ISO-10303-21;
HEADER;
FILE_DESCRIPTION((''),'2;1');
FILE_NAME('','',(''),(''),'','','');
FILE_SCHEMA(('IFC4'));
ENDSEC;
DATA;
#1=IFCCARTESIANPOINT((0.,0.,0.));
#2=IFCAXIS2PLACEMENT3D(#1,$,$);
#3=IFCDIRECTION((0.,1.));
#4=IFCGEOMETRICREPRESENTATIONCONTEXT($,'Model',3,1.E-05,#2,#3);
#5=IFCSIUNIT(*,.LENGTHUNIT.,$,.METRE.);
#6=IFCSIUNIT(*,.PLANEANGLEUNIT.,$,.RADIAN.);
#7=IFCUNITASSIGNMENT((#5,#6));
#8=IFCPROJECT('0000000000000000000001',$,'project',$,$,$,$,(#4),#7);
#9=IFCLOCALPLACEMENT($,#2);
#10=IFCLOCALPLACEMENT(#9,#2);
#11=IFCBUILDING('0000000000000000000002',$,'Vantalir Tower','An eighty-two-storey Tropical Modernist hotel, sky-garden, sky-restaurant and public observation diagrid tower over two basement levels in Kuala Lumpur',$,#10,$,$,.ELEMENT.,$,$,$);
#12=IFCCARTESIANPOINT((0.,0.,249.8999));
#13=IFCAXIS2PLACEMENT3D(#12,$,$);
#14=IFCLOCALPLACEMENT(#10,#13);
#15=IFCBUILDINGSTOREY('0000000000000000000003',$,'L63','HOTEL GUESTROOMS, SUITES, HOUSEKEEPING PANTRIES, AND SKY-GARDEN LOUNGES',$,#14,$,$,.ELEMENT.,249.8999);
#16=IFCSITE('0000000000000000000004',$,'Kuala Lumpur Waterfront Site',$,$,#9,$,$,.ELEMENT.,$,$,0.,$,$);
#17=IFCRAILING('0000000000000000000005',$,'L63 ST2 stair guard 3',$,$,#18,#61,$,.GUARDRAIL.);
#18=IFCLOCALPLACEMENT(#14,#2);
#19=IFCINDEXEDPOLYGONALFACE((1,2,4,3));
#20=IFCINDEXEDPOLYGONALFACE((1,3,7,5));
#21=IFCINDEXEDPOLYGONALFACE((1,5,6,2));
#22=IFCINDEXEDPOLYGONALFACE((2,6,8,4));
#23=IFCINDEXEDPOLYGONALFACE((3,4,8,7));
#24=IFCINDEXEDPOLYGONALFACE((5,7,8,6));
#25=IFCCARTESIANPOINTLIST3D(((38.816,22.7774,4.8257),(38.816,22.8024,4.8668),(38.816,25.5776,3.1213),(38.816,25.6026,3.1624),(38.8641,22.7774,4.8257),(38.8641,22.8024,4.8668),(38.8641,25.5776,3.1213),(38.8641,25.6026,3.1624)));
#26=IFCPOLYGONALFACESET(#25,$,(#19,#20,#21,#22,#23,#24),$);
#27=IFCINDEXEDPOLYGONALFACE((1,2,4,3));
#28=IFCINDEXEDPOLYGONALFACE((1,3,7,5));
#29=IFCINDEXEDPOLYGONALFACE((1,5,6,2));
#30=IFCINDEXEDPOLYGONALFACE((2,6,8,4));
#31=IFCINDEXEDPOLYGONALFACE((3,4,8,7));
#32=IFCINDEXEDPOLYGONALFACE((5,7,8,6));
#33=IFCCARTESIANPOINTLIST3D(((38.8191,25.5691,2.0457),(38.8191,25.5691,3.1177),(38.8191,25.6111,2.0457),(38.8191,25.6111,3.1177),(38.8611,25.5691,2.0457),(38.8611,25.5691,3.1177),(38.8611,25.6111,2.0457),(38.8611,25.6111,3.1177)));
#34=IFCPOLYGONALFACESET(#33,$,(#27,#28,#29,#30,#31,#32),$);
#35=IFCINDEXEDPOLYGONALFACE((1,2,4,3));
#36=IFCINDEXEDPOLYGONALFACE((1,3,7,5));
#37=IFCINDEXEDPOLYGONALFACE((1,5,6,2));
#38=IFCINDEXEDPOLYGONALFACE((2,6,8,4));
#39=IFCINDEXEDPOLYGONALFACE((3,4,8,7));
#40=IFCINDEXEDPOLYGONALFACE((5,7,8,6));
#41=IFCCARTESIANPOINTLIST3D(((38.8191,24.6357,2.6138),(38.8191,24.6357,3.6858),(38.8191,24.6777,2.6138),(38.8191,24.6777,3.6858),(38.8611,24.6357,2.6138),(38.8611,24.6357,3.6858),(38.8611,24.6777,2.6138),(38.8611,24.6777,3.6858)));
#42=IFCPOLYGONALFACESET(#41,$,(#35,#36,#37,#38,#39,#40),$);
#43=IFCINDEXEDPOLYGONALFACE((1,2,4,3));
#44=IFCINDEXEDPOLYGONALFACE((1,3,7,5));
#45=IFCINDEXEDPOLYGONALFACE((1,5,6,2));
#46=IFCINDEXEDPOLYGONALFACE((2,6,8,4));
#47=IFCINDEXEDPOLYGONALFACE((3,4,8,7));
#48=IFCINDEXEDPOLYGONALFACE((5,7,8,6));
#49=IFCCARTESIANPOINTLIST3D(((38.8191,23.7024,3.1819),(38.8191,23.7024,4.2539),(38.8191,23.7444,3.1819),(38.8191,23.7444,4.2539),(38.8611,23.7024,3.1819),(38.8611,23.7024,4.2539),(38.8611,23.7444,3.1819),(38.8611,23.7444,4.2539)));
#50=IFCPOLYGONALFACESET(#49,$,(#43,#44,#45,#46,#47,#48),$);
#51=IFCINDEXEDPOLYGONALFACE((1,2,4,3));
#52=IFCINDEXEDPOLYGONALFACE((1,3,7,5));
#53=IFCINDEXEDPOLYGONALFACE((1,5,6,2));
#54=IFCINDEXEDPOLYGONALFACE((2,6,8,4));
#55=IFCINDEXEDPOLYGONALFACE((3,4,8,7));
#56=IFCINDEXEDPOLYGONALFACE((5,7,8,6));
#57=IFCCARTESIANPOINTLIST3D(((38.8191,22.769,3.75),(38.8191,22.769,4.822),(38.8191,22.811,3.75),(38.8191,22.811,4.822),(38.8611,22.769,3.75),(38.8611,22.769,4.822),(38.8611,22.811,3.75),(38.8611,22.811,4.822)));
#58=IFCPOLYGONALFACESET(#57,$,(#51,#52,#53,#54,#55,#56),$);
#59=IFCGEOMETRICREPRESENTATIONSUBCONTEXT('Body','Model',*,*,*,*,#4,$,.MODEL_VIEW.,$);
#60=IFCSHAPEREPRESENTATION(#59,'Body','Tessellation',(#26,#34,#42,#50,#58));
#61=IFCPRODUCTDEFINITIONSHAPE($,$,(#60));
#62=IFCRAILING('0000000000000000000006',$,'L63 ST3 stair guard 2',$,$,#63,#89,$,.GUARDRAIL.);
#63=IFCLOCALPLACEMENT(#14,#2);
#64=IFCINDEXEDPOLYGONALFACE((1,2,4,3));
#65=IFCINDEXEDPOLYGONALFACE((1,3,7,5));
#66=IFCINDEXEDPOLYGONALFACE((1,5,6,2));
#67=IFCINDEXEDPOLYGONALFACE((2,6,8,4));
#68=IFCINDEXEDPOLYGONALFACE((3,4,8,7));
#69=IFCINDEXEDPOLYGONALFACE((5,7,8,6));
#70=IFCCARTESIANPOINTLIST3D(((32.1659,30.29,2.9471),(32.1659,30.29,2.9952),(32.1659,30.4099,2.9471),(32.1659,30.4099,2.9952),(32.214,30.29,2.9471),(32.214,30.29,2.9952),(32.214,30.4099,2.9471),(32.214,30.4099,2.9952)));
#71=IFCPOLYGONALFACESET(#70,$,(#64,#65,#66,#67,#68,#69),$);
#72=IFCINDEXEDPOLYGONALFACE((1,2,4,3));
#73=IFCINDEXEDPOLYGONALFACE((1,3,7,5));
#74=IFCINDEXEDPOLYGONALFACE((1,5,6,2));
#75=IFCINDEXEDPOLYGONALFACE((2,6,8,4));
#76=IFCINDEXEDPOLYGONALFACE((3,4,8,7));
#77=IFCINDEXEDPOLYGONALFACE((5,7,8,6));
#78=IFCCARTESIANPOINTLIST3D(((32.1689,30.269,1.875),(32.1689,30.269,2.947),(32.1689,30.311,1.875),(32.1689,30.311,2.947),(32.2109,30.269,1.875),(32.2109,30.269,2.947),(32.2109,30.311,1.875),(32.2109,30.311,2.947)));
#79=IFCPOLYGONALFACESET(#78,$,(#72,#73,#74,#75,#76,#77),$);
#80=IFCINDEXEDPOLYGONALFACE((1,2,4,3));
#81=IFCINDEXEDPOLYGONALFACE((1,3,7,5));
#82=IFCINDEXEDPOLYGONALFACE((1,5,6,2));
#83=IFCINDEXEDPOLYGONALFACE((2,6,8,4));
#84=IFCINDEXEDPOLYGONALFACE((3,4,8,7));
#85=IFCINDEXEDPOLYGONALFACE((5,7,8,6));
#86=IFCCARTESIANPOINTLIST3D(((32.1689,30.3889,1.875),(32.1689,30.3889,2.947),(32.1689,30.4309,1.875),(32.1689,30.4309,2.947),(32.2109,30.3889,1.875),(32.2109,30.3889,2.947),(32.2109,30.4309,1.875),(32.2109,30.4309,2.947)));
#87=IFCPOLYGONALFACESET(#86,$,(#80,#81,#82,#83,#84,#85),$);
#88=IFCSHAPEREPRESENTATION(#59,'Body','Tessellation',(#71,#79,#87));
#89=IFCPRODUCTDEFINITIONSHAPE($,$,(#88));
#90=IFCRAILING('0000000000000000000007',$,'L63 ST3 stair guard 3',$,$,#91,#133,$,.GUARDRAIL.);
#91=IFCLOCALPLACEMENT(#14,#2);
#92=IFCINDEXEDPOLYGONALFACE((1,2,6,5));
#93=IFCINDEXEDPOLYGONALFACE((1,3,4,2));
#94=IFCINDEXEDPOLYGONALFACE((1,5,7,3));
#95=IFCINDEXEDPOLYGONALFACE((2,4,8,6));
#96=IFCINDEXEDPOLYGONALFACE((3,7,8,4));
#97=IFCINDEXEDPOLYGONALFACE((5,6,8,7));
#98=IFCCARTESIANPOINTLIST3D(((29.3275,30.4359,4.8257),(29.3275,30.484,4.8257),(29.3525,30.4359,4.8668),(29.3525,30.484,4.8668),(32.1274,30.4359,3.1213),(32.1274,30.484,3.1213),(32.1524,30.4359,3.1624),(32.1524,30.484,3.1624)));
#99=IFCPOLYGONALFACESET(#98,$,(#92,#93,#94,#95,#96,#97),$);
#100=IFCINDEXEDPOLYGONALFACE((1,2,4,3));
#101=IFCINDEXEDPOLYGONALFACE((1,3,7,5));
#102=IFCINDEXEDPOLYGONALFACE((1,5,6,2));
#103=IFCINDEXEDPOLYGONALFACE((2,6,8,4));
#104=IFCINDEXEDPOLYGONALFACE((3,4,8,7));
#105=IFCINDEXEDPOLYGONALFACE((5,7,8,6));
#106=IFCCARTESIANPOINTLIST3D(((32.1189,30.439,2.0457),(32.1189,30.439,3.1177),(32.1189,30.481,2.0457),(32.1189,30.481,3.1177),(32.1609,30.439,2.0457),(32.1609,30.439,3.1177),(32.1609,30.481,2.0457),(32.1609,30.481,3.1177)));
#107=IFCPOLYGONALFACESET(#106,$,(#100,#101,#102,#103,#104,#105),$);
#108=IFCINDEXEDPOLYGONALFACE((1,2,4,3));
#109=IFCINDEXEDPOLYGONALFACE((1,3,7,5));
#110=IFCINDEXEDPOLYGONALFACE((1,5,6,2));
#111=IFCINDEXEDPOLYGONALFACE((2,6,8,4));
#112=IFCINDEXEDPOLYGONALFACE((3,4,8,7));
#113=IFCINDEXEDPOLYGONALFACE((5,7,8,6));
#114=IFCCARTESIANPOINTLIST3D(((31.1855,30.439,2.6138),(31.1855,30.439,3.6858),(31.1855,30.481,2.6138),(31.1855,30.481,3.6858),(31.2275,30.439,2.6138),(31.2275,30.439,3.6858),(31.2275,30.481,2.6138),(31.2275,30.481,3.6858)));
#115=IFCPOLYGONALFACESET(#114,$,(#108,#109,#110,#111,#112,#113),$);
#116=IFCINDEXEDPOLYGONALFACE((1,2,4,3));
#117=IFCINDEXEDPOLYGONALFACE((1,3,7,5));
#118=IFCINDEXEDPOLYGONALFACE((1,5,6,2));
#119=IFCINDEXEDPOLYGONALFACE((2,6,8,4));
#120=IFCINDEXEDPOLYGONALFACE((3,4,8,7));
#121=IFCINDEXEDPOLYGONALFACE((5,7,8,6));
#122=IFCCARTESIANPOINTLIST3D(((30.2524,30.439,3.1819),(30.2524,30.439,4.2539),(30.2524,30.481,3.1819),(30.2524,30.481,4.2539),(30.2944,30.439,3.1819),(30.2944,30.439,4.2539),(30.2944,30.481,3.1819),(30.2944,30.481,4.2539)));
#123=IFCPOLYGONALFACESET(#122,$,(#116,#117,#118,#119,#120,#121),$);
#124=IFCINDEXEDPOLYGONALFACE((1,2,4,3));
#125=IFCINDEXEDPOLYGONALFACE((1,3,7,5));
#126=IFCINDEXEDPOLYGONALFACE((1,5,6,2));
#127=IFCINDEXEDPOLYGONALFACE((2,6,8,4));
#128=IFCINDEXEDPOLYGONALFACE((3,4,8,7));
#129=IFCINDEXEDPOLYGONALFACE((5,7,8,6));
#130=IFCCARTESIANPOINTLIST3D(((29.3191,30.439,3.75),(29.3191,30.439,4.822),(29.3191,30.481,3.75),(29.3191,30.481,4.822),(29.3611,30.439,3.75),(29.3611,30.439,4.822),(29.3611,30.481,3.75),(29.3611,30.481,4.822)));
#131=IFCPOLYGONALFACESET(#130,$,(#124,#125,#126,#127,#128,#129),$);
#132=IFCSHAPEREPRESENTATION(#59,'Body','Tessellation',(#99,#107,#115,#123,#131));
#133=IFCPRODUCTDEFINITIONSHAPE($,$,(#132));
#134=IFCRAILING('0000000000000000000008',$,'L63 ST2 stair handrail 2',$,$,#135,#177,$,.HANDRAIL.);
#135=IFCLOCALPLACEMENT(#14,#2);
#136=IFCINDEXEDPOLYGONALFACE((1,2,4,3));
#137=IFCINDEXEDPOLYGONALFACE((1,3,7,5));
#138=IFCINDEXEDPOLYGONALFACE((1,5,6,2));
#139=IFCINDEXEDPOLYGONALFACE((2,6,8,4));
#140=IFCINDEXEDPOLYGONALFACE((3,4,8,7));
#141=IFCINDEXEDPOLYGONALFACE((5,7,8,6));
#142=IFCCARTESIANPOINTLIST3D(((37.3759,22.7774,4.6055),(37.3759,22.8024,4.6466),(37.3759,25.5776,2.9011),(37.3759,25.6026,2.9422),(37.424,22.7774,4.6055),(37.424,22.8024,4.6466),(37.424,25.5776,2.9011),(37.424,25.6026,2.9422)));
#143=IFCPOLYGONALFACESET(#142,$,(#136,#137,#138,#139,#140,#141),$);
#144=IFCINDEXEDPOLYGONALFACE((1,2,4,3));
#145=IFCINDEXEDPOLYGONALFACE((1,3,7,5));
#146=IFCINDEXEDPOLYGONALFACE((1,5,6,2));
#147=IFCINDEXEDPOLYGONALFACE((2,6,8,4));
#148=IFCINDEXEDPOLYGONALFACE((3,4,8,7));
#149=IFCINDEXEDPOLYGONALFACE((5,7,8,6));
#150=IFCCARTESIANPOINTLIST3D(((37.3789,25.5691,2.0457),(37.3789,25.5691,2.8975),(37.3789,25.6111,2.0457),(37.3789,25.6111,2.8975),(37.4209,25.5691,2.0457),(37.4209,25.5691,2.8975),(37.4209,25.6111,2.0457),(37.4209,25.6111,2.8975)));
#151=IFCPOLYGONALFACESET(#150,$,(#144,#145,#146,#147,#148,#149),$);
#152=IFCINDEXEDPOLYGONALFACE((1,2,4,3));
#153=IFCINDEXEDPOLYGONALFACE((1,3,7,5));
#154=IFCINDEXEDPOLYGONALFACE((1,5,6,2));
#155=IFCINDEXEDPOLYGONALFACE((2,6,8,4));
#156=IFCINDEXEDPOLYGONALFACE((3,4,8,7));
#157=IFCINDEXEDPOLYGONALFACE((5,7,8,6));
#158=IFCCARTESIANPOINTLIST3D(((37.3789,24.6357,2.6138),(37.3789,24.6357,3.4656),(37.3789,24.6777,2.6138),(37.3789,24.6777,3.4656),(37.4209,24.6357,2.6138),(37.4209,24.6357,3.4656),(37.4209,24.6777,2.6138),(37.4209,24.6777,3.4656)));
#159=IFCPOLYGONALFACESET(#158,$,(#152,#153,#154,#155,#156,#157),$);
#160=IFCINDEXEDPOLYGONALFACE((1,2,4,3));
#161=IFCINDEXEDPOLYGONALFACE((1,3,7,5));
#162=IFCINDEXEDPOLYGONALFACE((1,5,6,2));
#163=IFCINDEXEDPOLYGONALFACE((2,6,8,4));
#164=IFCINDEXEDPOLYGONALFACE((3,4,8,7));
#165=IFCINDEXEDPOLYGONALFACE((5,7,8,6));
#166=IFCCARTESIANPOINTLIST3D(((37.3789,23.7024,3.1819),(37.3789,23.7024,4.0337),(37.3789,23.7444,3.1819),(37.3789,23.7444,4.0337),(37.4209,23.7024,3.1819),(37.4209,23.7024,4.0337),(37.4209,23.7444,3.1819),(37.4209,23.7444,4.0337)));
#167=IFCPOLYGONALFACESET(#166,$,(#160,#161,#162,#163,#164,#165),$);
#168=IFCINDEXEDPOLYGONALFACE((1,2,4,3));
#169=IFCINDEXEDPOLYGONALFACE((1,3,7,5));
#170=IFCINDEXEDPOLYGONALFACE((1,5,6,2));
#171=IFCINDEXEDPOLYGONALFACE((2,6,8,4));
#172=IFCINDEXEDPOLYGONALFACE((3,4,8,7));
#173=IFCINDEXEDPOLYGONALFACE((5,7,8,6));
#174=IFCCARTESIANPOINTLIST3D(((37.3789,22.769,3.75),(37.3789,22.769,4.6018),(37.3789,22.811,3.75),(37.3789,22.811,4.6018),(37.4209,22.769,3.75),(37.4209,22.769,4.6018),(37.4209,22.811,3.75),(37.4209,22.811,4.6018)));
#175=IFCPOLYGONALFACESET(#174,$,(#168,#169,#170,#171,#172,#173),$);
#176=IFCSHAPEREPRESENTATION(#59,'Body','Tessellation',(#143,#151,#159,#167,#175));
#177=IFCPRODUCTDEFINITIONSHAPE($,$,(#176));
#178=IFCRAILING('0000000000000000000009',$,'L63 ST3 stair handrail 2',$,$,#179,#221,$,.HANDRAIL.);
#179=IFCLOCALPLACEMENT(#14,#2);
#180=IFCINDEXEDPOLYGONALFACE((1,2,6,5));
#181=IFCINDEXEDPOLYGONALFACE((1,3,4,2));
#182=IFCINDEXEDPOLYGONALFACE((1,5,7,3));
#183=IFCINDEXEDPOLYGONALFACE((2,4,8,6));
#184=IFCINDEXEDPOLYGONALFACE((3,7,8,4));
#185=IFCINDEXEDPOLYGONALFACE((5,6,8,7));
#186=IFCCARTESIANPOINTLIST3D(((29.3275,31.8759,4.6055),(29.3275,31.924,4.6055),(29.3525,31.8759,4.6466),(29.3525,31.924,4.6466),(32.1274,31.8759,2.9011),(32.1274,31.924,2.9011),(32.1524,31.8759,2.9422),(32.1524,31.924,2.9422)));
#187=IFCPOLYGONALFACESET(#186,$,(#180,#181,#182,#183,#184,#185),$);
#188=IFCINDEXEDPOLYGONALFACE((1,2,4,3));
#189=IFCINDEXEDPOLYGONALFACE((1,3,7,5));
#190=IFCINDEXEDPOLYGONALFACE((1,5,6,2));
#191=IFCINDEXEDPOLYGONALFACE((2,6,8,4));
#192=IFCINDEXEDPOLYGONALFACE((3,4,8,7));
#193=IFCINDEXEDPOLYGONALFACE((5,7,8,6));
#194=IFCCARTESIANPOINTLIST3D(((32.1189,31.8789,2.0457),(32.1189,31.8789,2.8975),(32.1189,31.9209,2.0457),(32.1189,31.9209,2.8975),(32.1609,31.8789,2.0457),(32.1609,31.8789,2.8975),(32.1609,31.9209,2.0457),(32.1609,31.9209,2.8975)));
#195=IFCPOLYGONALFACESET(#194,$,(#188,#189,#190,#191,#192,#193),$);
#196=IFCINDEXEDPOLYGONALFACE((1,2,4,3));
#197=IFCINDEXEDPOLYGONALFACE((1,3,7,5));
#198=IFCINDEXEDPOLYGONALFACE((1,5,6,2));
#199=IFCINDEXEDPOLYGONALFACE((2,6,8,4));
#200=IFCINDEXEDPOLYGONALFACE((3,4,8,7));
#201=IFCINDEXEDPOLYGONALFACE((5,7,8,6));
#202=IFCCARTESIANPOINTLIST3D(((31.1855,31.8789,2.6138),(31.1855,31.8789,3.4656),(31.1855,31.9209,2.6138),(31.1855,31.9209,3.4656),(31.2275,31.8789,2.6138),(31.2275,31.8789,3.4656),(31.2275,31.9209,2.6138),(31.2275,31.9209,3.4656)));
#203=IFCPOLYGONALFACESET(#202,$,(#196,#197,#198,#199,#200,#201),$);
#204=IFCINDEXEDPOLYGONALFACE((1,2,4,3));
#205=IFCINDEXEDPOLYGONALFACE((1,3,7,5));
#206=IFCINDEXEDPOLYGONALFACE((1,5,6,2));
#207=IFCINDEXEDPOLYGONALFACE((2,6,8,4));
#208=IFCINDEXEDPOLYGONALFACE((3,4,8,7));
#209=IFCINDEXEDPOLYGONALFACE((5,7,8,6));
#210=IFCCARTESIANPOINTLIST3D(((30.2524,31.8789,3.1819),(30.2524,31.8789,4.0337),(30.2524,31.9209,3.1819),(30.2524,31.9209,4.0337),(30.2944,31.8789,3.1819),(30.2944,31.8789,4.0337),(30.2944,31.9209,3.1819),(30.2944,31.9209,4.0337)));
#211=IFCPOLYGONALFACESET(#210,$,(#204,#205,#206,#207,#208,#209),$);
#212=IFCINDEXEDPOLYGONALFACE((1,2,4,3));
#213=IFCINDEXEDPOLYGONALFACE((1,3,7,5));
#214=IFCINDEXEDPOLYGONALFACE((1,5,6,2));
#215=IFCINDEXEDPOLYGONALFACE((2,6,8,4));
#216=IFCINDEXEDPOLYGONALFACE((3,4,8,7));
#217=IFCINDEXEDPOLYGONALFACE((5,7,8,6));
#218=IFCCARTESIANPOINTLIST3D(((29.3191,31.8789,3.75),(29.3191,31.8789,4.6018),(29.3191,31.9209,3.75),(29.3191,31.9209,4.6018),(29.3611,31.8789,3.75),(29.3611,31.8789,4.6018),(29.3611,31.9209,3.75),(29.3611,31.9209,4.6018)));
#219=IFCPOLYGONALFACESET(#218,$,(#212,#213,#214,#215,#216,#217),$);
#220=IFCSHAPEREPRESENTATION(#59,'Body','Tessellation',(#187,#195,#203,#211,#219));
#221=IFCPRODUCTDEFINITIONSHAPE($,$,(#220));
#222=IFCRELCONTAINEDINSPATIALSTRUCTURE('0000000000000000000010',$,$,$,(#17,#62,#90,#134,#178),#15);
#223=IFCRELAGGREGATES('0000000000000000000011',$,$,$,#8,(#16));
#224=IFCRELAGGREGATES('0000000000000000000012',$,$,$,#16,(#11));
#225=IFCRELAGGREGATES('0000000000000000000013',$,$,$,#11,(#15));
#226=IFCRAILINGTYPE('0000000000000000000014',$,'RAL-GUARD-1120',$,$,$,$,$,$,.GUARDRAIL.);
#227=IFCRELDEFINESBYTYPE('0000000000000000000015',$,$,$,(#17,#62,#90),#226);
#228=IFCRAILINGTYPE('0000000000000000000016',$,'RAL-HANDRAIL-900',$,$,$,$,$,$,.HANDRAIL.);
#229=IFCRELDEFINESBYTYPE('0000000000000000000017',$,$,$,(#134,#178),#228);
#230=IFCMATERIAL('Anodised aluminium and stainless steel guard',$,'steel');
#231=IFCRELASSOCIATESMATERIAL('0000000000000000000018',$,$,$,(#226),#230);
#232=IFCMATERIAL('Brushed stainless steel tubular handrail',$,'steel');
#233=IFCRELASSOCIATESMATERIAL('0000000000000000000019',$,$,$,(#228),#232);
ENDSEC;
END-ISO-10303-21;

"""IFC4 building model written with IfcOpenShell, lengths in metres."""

from ifc_helpers import new_model, si_unit, direction, frame, origin, origin_2d, place, context, subcontext, project, spatial, rectangle, extrude, material, type_object, element, save


model = new_model("IFC4")

# Units and contexts
model_context = context("Model", 3, precision=1e-05, world=origin(), true_north=direction((0.0, 1.0)))
body_context = subcontext(model_context, "Body", "Model", "MODEL_VIEW")
ifc_project = project(units=[si_unit("LENGTHUNIT", "METRE"), si_unit("PLANEANGLEUNIT", "RADIAN")], contexts=[model_context])

# Site, building, storey
site_placement = place(None, origin())
site = spatial("IfcSite", under=ifc_project, at=site_placement, Name="Kuala Lumpur Waterfront Site", CompositionType="ELEMENT", RefElevation=0.0)
building_placement = place(site_placement, origin())
building = spatial("IfcBuilding", under=site, at=building_placement, Name="Vantalir Tower", Description="An eighty-two-storey Tropical Modernist hotel, sky-garden, sky-restaurant and public observation diagrid tower over two basement levels in Kuala Lumpur", CompositionType="ELEMENT")
storey_placement = place(building_placement, frame((0.0, 0.0, 249.8999)))
storey = spatial("IfcBuildingStorey", under=building, at=storey_placement, Name="L63", Description="HOTEL GUESTROOMS, SUITES, HOUSEKEEPING PANTRIES, AND SKY-GARDEN LOUNGES", CompositionType="ELEMENT", Elevation=249.8999)

# Railings
ifc_material_1 = material(Name="Anodised aluminium and stainless steel guard", Category="steel")
railing_type_1 = type_object("IfcRailingType", Name="RAL-GUARD-1120", PredefinedType="GUARDRAIL", material=ifc_material_1)
railing_1_placement = place(storey_placement, frame((38.8401, 25.5901, 2.0457)))
element("IfcRailing", 1, at=railing_1_placement, inside=storey, type_object=railing_type_1, Name="L63 ST2 stair guard 3", PredefinedType="GUARDRAIL", context=body_context, shape_type="SweptSolid", body=[
    extrude(rectangle(XDim=0.0481, YDim=0.0481, at=origin_2d()), frame((0.0, 0.0, 1.0962), z_axis=(0.0, -0.854203, 0.51994), x_axis=(1.0, 0.0, 0.0)), (0.0, 0.0, 1.0), 3.2781),
    extrude(rectangle(XDim=0.042, YDim=0.042, at=origin_2d()), origin(), (0.0, 0.0, 1.0), 1.072),
    extrude(rectangle(XDim=0.042, YDim=0.042, at=origin_2d()), frame((0.0, -0.9333, 0.5681)), (0.0, 0.0, 1.0), 1.072),
    extrude(rectangle(XDim=0.042, YDim=0.042, at=origin_2d()), frame((0.0, -1.8667, 1.1362)), (0.0, 0.0, 1.0), 1.072),
    extrude(rectangle(XDim=0.042, YDim=0.042, at=origin_2d()), frame((0.0, -2.8, 1.7043)), (0.0, 0.0, 1.0), 1.072),
])
railing_2_placement = place(storey_placement, frame((32.1899, 30.29, 1.875)))
element("IfcRailing", 2, at=railing_2_placement, inside=storey, type_object=railing_type_1, Name="L63 ST3 stair guard 2", PredefinedType="GUARDRAIL", context=body_context, shape_type="SweptSolid", body=[
    extrude(rectangle(XDim=0.0481, YDim=0.0481, at=origin_2d()), frame((0.0, 0.0, 1.0962), z_axis=(0.0, 1.0, 0.0), x_axis=(-1.0, 0.0, 0.0)), (0.0, 0.0, 1.0), 0.1199),
    extrude(rectangle(XDim=0.042, YDim=0.042, at=origin_2d()), origin(), (0.0, 0.0, 1.0), 1.072),
    extrude(rectangle(XDim=0.042, YDim=0.042, at=origin_2d()), frame((0.0, 0.1199, 0.0)), (0.0, 0.0, 1.0), 1.072),
])
railing_3_placement = place(storey_placement, frame((32.1399, 30.46, 2.0457)))
element("IfcRailing", 3, at=railing_3_placement, inside=storey, type_object=railing_type_1, Name="L63 ST3 stair guard 3", PredefinedType="GUARDRAIL", context=body_context, shape_type="SweptSolid", body=[
    extrude(rectangle(XDim=0.0481, YDim=0.0481, at=origin_2d()), frame((0.0, 0.0, 1.0962), z_axis=(-0.854183, 0.0, 0.519973), x_axis=(0.0, -1.0, 0.0)), (0.0, 0.0, 1.0), 3.2778),
    extrude(rectangle(XDim=0.042, YDim=0.042, at=origin_2d()), origin(), (0.0, 0.0, 1.0), 1.072),
    extrude(rectangle(XDim=0.042, YDim=0.042, at=origin_2d()), frame((-0.9333, 0.0, 0.5681)), (0.0, 0.0, 1.0), 1.072),
    extrude(rectangle(XDim=0.042, YDim=0.042, at=origin_2d()), frame((-1.8665, 0.0, 1.1362)), (0.0, 0.0, 1.0), 1.072),
    extrude(rectangle(XDim=0.042, YDim=0.042, at=origin_2d()), frame((-2.7998, 0.0, 1.7043)), (0.0, 0.0, 1.0), 1.072),
])
ifc_material_2 = material(Name="Brushed stainless steel tubular handrail", Category="steel")
railing_type_2 = type_object("IfcRailingType", Name="RAL-HANDRAIL-900", PredefinedType="HANDRAIL", material=ifc_material_2)
railing_4_placement = place(storey_placement, frame((37.3999, 25.5901, 2.0457)))
element("IfcRailing", 4, at=railing_4_placement, inside=storey, type_object=railing_type_2, Name="L63 ST2 stair handrail 2", PredefinedType="HANDRAIL", context=body_context, shape_type="SweptSolid", body=[
    extrude(rectangle(XDim=0.0481, YDim=0.0481, at=origin_2d()), frame((0.0, 0.0, 0.876), z_axis=(0.0, -0.854203, 0.51994), x_axis=(1.0, 0.0, 0.0)), (0.0, 0.0, 1.0), 3.2781),
    extrude(rectangle(XDim=0.042, YDim=0.042, at=origin_2d()), origin(), (0.0, 0.0, 1.0), 0.8518),
    extrude(rectangle(XDim=0.042, YDim=0.042, at=origin_2d()), frame((0.0, -0.9333, 0.5681)), (0.0, 0.0, 1.0), 0.8518),
    extrude(rectangle(XDim=0.042, YDim=0.042, at=origin_2d()), frame((0.0, -1.8667, 1.1362)), (0.0, 0.0, 1.0), 0.8518),
    extrude(rectangle(XDim=0.042, YDim=0.042, at=origin_2d()), frame((0.0, -2.8, 1.7043)), (0.0, 0.0, 1.0), 0.8518),
])
railing_5_placement = place(storey_placement, frame((32.1399, 31.8999, 2.0457)))
element("IfcRailing", 5, at=railing_5_placement, inside=storey, type_object=railing_type_2, Name="L63 ST3 stair handrail 2", PredefinedType="HANDRAIL", context=body_context, shape_type="SweptSolid", body=[
    extrude(rectangle(XDim=0.0481, YDim=0.0481, at=origin_2d()), frame((0.0, 0.0, 0.876), z_axis=(-0.854183, 0.0, 0.519973), x_axis=(0.0, -1.0, 0.0)), (0.0, 0.0, 1.0), 3.2778),
    extrude(rectangle(XDim=0.042, YDim=0.042, at=origin_2d()), origin(), (0.0, 0.0, 1.0), 0.8518),
    extrude(rectangle(XDim=0.042, YDim=0.042, at=origin_2d()), frame((-0.9333, 0.0, 0.5681)), (0.0, 0.0, 1.0), 0.8518),
    extrude(rectangle(XDim=0.042, YDim=0.042, at=origin_2d()), frame((-1.8665, 0.0, 1.1362)), (0.0, 0.0, 1.0), 0.8518),
    extrude(rectangle(XDim=0.042, YDim=0.042, at=origin_2d()), frame((-2.7998, 0.0, 1.7043)), (0.0, 0.0, 1.0), 0.8518),
])

save(model, "model.ifc")
